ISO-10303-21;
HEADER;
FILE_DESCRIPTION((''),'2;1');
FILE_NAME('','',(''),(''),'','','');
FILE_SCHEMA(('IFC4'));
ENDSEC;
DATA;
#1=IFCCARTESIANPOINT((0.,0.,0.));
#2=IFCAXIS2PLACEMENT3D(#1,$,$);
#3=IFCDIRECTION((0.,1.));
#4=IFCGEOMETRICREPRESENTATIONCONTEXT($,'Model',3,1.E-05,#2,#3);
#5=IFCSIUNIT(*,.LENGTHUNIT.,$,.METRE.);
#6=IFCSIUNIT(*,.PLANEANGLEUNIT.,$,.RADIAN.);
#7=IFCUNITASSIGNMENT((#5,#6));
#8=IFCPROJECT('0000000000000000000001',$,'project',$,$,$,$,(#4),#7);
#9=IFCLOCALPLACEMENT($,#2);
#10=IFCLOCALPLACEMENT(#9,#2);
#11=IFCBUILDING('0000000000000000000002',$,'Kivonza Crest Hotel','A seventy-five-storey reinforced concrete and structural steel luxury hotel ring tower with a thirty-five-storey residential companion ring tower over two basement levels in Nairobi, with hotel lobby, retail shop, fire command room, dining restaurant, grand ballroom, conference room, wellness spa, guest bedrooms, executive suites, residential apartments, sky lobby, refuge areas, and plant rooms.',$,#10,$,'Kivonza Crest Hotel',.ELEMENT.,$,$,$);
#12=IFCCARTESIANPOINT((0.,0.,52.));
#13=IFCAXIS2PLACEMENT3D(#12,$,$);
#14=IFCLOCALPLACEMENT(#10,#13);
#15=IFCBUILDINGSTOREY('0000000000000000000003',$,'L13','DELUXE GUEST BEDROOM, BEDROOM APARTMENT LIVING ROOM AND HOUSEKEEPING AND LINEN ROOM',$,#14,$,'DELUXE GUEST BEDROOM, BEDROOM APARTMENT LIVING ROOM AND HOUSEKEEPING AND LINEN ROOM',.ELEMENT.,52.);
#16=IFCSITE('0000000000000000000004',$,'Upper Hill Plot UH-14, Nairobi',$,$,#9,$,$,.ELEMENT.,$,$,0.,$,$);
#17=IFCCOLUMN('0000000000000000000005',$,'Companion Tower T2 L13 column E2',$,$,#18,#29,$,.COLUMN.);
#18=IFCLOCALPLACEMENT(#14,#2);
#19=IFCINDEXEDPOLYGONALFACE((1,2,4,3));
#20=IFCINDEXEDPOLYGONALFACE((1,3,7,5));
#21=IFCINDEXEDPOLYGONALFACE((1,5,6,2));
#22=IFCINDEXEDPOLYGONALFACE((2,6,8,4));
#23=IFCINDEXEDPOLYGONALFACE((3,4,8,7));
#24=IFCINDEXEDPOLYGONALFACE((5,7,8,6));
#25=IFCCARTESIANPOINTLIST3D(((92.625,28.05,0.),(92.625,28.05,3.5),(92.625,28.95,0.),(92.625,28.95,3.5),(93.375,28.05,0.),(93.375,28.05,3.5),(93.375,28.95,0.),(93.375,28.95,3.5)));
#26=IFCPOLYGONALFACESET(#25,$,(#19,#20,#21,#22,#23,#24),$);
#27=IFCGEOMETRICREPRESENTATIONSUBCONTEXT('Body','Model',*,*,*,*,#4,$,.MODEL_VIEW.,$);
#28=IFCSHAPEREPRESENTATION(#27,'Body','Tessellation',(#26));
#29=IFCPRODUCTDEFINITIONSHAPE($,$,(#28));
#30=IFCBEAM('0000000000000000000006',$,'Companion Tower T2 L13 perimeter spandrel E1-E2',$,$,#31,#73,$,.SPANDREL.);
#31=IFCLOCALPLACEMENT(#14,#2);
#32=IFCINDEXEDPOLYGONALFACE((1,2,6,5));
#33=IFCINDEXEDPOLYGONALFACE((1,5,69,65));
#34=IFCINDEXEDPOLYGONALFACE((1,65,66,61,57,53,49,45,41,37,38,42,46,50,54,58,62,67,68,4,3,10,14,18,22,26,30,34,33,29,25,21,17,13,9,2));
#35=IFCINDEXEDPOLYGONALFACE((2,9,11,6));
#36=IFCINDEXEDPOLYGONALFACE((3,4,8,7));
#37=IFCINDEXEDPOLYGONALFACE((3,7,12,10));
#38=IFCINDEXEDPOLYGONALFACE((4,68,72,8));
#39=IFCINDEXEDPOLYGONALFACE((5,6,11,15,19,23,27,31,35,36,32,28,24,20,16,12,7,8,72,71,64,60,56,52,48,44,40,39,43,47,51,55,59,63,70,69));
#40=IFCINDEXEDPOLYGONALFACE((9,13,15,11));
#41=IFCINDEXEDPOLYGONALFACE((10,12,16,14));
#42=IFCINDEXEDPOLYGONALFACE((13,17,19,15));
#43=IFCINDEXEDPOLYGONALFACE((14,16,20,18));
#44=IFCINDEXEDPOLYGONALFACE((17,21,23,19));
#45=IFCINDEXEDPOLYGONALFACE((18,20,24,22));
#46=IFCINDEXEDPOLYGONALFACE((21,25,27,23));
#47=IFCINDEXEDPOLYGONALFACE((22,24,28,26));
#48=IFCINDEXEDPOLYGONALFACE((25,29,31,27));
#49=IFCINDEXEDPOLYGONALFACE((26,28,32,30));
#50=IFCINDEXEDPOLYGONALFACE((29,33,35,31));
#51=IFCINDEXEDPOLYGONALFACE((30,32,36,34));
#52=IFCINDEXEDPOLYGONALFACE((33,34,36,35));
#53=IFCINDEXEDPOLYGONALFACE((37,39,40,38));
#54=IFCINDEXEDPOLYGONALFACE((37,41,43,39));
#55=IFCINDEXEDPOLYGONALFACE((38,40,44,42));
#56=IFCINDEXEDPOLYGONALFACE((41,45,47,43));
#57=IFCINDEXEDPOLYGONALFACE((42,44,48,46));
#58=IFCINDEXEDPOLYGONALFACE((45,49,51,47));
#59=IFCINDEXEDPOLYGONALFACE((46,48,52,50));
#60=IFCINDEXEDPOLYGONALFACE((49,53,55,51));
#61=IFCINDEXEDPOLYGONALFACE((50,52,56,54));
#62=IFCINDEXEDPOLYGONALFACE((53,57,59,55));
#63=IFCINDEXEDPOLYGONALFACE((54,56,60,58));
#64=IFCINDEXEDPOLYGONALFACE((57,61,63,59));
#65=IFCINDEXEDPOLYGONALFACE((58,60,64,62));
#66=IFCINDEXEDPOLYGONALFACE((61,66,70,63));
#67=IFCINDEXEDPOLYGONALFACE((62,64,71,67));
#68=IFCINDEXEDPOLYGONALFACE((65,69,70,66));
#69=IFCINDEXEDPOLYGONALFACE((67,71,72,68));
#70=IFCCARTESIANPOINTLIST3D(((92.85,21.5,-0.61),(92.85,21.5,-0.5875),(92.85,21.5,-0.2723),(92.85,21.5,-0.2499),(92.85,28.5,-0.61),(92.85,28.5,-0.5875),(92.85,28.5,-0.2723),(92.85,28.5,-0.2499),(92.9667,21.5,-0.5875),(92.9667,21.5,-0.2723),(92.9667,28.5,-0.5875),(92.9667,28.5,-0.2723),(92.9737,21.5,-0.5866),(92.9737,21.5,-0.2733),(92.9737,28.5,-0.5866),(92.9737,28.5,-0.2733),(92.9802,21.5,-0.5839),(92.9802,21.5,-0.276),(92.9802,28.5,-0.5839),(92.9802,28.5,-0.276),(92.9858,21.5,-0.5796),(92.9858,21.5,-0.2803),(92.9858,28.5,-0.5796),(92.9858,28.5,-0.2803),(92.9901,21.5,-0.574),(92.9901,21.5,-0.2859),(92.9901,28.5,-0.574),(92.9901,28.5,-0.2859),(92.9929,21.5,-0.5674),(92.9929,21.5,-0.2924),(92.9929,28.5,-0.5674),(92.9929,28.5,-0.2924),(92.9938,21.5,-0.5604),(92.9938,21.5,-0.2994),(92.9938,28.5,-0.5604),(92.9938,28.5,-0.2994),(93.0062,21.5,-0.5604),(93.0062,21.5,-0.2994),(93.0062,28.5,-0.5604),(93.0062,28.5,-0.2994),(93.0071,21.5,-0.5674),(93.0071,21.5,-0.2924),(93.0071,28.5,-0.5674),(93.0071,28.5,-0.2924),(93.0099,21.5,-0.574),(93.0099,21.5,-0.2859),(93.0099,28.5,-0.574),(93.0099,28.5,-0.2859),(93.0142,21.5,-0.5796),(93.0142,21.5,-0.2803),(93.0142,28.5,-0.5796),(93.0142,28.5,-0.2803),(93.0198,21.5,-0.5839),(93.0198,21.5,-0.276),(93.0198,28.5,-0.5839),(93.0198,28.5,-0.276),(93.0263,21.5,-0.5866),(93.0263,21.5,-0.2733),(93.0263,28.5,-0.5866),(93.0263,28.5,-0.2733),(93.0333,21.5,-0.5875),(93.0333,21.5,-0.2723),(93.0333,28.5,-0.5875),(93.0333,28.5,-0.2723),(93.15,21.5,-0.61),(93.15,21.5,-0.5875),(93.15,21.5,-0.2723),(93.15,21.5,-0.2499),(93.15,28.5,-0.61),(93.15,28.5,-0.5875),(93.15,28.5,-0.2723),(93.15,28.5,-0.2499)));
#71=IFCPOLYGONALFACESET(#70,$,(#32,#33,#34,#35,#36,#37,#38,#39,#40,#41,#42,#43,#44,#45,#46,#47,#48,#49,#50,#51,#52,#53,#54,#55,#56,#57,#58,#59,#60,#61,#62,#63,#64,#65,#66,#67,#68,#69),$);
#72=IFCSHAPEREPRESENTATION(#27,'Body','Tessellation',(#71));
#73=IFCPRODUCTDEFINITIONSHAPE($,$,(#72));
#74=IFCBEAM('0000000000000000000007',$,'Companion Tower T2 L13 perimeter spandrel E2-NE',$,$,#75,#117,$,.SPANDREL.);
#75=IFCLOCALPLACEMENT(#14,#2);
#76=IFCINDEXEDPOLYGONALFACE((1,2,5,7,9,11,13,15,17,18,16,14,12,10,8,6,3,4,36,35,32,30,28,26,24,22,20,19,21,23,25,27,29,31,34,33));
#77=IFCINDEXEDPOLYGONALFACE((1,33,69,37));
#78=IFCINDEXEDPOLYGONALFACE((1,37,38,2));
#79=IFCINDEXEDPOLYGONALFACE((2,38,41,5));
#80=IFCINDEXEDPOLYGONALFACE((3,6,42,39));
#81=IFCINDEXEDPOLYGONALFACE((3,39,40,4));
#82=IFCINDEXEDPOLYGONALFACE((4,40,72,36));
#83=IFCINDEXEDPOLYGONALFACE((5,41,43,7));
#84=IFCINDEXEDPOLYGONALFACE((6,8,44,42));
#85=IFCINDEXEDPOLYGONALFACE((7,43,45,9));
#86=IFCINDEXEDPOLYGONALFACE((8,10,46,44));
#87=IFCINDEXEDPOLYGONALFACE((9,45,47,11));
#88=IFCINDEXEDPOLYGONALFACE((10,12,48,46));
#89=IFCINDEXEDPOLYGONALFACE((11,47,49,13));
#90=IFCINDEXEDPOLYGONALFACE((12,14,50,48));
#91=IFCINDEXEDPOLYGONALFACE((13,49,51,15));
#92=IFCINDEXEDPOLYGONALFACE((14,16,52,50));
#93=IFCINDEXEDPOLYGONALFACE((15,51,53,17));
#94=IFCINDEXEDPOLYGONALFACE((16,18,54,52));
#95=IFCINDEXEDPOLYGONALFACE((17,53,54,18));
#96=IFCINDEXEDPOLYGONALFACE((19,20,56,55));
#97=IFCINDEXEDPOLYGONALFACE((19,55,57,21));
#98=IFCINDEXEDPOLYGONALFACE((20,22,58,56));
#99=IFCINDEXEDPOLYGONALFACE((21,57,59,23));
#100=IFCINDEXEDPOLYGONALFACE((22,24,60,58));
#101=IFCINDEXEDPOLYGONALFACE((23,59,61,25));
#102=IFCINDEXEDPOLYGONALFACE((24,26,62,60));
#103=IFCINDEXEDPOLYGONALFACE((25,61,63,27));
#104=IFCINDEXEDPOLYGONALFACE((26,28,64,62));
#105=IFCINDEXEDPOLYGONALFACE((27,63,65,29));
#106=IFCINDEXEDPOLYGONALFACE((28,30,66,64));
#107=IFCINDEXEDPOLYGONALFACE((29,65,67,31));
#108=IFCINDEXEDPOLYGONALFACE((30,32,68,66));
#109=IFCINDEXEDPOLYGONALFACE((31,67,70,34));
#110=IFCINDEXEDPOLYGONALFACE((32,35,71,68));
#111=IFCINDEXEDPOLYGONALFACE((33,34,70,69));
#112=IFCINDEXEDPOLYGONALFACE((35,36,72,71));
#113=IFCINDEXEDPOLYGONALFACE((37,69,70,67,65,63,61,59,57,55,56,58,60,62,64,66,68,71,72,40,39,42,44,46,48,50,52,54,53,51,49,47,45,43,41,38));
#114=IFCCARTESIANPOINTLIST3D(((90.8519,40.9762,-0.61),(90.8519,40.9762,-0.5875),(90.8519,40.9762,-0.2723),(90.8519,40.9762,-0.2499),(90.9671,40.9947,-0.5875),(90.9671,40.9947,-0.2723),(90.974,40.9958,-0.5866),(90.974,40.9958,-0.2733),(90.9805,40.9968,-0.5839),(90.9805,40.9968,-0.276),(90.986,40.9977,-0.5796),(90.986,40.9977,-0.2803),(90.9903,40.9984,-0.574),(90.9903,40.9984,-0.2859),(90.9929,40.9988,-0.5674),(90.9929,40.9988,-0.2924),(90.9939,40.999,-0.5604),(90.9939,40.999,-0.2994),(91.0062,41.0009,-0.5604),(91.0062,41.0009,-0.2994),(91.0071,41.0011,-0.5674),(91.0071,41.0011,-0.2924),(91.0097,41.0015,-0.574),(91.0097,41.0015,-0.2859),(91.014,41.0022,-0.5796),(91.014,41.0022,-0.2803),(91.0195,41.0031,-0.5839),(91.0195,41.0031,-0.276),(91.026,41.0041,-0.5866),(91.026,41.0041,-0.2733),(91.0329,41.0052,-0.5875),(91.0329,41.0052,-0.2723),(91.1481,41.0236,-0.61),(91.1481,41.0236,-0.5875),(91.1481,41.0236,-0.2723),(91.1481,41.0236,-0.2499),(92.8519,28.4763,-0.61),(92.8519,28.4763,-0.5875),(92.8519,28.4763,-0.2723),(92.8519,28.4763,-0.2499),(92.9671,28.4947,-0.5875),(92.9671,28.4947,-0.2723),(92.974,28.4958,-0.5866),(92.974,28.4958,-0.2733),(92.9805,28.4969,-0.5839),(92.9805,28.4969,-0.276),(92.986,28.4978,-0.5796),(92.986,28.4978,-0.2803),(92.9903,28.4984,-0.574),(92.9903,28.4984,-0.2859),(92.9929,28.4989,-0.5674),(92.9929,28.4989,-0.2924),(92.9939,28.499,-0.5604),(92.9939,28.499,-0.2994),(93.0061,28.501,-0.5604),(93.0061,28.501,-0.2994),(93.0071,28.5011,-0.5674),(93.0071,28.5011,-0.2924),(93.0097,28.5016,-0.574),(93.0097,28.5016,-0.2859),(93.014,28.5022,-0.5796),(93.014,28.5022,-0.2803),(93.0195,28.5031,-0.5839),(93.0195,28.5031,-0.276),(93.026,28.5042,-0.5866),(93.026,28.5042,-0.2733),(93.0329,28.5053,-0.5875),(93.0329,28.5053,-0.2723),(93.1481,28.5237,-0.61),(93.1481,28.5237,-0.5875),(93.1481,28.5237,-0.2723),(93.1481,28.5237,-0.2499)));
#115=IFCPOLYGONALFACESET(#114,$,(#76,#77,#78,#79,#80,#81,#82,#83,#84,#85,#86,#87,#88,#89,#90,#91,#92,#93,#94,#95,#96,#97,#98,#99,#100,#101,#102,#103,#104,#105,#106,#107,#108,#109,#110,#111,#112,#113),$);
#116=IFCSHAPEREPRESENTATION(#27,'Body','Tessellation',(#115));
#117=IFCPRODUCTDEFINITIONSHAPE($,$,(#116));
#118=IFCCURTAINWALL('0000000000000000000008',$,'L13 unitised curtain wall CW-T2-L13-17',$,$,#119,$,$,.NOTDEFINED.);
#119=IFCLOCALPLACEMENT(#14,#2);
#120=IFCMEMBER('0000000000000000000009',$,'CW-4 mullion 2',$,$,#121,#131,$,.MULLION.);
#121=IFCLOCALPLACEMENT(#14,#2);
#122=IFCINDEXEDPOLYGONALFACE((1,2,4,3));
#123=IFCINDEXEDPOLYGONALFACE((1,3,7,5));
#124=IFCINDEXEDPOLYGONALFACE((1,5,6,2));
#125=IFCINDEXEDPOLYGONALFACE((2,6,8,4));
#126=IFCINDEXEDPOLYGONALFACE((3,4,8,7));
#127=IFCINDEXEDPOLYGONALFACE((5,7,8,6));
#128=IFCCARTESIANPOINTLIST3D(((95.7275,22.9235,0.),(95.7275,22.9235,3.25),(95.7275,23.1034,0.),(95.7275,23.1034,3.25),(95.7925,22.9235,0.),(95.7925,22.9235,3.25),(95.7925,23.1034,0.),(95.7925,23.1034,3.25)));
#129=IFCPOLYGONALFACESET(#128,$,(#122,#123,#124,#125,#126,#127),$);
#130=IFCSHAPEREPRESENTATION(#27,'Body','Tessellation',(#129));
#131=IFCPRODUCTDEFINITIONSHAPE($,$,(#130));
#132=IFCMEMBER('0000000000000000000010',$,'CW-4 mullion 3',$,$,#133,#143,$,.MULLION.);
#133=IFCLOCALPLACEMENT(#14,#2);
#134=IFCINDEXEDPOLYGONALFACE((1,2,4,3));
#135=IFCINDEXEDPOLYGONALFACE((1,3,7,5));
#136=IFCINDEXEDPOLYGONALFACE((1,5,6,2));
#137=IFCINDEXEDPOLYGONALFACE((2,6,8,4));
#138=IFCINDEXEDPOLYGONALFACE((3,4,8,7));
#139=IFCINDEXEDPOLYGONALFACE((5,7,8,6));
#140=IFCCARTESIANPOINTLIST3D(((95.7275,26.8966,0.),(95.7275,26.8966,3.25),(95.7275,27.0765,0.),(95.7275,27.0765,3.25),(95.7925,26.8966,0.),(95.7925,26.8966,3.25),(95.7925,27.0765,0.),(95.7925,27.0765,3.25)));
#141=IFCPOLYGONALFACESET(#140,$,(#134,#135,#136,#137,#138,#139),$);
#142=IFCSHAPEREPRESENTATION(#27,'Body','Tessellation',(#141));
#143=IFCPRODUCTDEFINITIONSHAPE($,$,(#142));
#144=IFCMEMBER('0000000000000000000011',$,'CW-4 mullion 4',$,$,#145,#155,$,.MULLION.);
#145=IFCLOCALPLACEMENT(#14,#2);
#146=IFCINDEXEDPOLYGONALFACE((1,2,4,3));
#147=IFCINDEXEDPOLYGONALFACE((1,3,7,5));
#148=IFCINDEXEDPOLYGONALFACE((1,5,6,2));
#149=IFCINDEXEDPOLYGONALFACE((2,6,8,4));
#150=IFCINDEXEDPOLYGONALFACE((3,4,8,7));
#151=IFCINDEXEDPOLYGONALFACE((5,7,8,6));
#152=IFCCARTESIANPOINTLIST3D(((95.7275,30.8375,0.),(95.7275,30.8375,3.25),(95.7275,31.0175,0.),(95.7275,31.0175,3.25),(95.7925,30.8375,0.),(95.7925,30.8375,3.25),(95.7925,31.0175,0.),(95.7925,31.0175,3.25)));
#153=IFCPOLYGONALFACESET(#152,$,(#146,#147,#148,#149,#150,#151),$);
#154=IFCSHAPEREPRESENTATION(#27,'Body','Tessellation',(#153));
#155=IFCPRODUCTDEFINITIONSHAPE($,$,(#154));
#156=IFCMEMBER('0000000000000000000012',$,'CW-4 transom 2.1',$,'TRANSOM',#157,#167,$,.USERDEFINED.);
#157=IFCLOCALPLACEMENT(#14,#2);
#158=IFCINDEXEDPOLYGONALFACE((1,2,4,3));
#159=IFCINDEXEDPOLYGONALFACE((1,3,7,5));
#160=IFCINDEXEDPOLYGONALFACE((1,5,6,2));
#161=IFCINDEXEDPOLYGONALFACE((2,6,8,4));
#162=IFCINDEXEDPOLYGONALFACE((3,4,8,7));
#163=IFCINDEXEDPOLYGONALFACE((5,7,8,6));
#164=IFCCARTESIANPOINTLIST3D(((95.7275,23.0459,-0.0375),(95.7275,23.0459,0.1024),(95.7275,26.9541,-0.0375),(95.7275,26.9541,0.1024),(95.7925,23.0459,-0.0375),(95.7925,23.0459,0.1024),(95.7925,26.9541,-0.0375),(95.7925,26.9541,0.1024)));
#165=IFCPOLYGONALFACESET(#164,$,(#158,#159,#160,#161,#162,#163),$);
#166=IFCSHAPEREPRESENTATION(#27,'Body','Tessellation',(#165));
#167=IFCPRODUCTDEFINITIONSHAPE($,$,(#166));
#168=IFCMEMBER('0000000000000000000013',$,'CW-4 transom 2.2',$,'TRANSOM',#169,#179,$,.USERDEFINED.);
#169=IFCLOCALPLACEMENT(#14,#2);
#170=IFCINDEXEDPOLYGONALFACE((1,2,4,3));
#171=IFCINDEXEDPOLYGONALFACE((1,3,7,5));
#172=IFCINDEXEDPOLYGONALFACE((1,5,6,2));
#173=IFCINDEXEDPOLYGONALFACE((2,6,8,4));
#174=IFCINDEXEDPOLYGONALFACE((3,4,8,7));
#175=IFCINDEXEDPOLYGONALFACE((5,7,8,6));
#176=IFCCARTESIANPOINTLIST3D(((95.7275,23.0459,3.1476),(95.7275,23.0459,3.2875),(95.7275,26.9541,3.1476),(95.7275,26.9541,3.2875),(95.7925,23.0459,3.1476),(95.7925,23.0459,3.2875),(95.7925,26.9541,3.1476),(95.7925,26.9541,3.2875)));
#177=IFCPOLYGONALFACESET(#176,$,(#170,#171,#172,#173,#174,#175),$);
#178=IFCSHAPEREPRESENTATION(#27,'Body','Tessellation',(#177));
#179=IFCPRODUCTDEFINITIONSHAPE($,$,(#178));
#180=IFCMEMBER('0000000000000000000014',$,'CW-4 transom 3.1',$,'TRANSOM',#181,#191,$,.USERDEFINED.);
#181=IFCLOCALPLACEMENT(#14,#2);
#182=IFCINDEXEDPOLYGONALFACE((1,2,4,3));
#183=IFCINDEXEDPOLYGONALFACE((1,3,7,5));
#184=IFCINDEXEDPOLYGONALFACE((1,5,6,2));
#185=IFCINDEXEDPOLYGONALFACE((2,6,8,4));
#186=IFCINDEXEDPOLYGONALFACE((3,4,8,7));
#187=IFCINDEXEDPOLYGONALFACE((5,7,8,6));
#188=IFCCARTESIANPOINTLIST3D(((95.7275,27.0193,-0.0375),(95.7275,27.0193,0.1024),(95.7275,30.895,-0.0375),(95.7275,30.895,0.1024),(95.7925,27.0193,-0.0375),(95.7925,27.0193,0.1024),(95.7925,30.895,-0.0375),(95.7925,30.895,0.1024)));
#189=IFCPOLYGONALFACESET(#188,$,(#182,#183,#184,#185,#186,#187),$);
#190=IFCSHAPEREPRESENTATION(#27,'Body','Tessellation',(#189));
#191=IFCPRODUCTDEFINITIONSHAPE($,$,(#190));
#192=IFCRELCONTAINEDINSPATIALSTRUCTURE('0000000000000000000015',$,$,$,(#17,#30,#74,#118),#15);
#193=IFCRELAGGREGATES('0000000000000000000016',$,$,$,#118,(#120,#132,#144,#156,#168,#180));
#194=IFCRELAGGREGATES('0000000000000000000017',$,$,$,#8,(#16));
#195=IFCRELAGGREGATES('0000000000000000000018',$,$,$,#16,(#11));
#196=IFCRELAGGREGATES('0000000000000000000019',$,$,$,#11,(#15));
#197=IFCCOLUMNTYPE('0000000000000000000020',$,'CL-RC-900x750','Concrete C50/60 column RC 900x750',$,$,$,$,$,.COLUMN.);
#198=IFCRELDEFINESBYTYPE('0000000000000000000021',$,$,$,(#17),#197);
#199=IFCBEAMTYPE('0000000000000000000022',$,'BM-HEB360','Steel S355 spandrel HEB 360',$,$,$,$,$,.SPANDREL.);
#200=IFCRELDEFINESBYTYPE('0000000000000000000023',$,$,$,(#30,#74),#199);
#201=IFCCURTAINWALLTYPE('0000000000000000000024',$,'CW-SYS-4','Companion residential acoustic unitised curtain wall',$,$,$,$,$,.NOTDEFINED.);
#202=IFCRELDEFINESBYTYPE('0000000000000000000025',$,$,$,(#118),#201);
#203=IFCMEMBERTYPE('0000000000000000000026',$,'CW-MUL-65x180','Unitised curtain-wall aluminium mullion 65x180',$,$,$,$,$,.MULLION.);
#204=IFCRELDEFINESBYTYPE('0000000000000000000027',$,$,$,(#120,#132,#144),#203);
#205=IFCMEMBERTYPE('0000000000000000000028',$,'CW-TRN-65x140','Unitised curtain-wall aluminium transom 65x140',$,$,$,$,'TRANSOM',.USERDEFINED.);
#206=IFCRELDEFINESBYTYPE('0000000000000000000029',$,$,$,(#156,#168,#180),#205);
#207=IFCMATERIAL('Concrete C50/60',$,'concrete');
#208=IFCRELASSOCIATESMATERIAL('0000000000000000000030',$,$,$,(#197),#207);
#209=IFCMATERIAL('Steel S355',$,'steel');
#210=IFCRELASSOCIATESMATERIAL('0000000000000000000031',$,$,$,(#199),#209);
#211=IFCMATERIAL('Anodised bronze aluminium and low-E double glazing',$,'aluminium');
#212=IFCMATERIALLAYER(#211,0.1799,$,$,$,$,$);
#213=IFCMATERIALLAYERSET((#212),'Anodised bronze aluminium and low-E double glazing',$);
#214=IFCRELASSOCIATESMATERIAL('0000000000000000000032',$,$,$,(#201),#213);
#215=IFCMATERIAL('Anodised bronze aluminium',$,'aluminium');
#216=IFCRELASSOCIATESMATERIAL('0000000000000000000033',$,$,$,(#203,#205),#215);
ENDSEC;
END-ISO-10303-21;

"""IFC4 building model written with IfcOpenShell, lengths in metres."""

from ifc_helpers import new_model, si_unit, direction, frame, origin, origin_2d, place, context, subcontext, project, spatial, rectangle, i_section, extrude, material, layer, layer_set, material_profile, profile_set, type_object, element, aggregate, save


model = new_model("IFC4")

# Units and contexts
model_context = context("Model", 3, precision=1e-05, world=origin(), true_north=direction((0.0, 1.0)))
body_context = subcontext(model_context, "Body", "Model", "MODEL_VIEW")
ifc_project = project(units=[si_unit("LENGTHUNIT", "METRE"), si_unit("PLANEANGLEUNIT", "RADIAN")], contexts=[model_context])

# Site, building, storey
site_placement = place(None, origin())
site = spatial("IfcSite", under=ifc_project, at=site_placement, Name="Upper Hill Plot UH-14, Nairobi", CompositionType="ELEMENT", RefElevation=0.0)
building_placement = place(site_placement, origin())
building = spatial("IfcBuilding", under=site, at=building_placement, Name="Kivonza Crest Hotel", Description="A seventy-five-storey reinforced concrete and structural steel luxury hotel ring tower with a thirty-five-storey residential companion ring tower over two basement levels in Nairobi, with hotel lobby, retail shop, fire command room, dining restaurant, grand ballroom, conference room, wellness spa, guest bedrooms, executive suites, residential apartments, sky lobby, refuge areas, and plant rooms.", LongName="Kivonza Crest Hotel", CompositionType="ELEMENT")
storey_placement = place(building_placement, frame((0.0, 0.0, 52.0)))
storey = spatial("IfcBuildingStorey", under=building, at=storey_placement, Name="L13", Description="DELUXE GUEST BEDROOM, BEDROOM APARTMENT LIVING ROOM AND HOUSEKEEPING AND LINEN ROOM", LongName="DELUXE GUEST BEDROOM, BEDROOM APARTMENT LIVING ROOM AND HOUSEKEEPING AND LINEN ROOM", CompositionType="ELEMENT", Elevation=52.0)

# Column
ifc_material_1 = material(Name="Concrete C50/60", Category="concrete")
ifc_material_profile_1 = material_profile(ifc_material_1, rectangle(XDim=0.75, YDim=0.8999, at=origin_2d()), Name="RC 900x750")
ifc_profile_set_1 = profile_set([ifc_material_profile_1], Name="Concrete C50/60")
column_type = type_object("IfcColumnType", Name="CL-RC-900x750", Description="Concrete C50/60 column RC 900x750", PredefinedType="COLUMN", material=ifc_profile_set_1)
column_placement = place(storey_placement, frame((93.0, 28.5, 0.0), z_axis=(0.0, 0.0, 1.0), x_axis=(1.0, 0.0, 0.0)))
element("IfcColumn", 1, at=column_placement, inside=storey, type_object=column_type, Name="Companion Tower T2 L13 column E2", PredefinedType="COLUMN", context=body_context, shape_type="SweptSolid", body=[
    extrude(rectangle(XDim=0.75, YDim=0.8999, at=origin_2d()), origin(), (0.0, 0.0, 1.0), 3.5),
])

# Beams
ifc_material_2 = material(Name="Steel S355", Category="steel")
ifc_material_profile_2 = material_profile(ifc_material_2, i_section(OverallWidth=0.3, OverallDepth=0.3601, WebThickness=0.0125, FlangeThickness=0.0225, FilletRadius=0.0271, at=origin_2d()), Name="HEB 360")
ifc_profile_set_2 = profile_set([ifc_material_profile_2], Name="Steel S355")
beam_type = type_object("IfcBeamType", Name="BM-HEB360", Description="Steel S355 spandrel HEB 360", PredefinedType="SPANDREL", material=ifc_profile_set_2)
beam_1_placement = place(storey_placement, frame((93.0, 21.5, -0.4299), z_axis=(0.0, 1.0, 0.0), x_axis=(-1.0, 0.0, 0.0)))
element("IfcBeam", 2, at=beam_1_placement, inside=storey, type_object=beam_type, Name="Companion Tower T2 L13 perimeter spandrel E1-E2", PredefinedType="SPANDREL", context=body_context, shape_type="SweptSolid", body=[
    extrude(i_section(OverallWidth=0.3, OverallDepth=0.3601, WebThickness=0.0125, FlangeThickness=0.0225, FilletRadius=0.0271, at=origin_2d()), origin(), (0.0, 0.0, 1.0), 7.0),
])
beam_2_placement = place(storey_placement, frame((93.0, 28.5, -0.4299), z_axis=(-0.157991, 0.987441, 0.0), x_axis=(-0.987441, -0.157991, 0.0)))
element("IfcBeam", 3, at=beam_2_placement, inside=storey, type_object=beam_type, Name="Companion Tower T2 L13 perimeter spandrel E2-NE", PredefinedType="SPANDREL", context=body_context, shape_type="SweptSolid", body=[
    extrude(i_section(OverallWidth=0.3, OverallDepth=0.3601, WebThickness=0.0125, FlangeThickness=0.0225, FilletRadius=0.0271, at=origin_2d()), origin(), (0.0, 0.0, 1.0), 12.6589),
])

# Curtain wall, members
ifc_material_3 = material(Name="Anodised bronze aluminium and low-E double glazing", Category="aluminium")
ifc_layer_1 = layer(ifc_material_3, 0.1799)
ifc_layer_set_1 = layer_set([ifc_layer_1], Name="Anodised bronze aluminium and low-E double glazing")
curtain_wall_type = type_object("IfcCurtainWallType", Name="CW-SYS-4", Description="Companion residential acoustic unitised curtain wall", PredefinedType="NOTDEFINED", material=ifc_layer_set_1)
curtain_wall_placement = place(storey_placement, origin())
curtain_wall = element("IfcCurtainWall", 4, at=curtain_wall_placement, inside=storey, type_object=curtain_wall_type, Name="L13 unitised curtain wall CW-T2-L13-17", PredefinedType="NOTDEFINED")
ifc_material_4 = material(Name="Anodised bronze aluminium", Category="aluminium")
ifc_material_profile_3 = material_profile(ifc_material_4, rectangle(XDim=0.0649, YDim=0.1799, at=origin_2d()), Name="CW-M 65x180")
ifc_profile_set_3 = profile_set([ifc_material_profile_3], Name="Anodised bronze aluminium")
member_type_1 = type_object("IfcMemberType", Name="CW-MUL-65x180", Description="Unitised curtain-wall aluminium mullion 65x180", PredefinedType="MULLION", material=ifc_profile_set_3)
member_1_placement = place(storey_placement, frame((95.76, 23.0134, 0.0), z_axis=(0.0, 0.0, 1.0), x_axis=(-1.0, 0.0, 0.0)))
member_1 = element("IfcMember", 5, at=member_1_placement, type_object=member_type_1, Name="CW-4 mullion 2", PredefinedType="MULLION", context=body_context, shape_type="SweptSolid", body=[
    extrude(rectangle(XDim=0.0649, YDim=0.1799, at=origin_2d()), origin(), (0.0, 0.0, 1.0), 3.25),
])
member_2_placement = place(storey_placement, frame((95.76, 26.9866, 0.0), z_axis=(0.0, 0.0, 1.0), x_axis=(-1.0, 0.0, 0.0)))
member_2 = element("IfcMember", 6, at=member_2_placement, type_object=member_type_1, Name="CW-4 mullion 3", PredefinedType="MULLION", context=body_context, shape_type="SweptSolid", body=[
    extrude(rectangle(XDim=0.0649, YDim=0.1799, at=origin_2d()), origin(), (0.0, 0.0, 1.0), 3.25),
])
member_3_placement = place(storey_placement, frame((95.76, 30.9275, 0.0), z_axis=(0.0, 0.0, 1.0), x_axis=(-1.0, 0.0, 0.0)))
member_3 = element("IfcMember", 7, at=member_3_placement, type_object=member_type_1, Name="CW-4 mullion 4", PredefinedType="MULLION", context=body_context, shape_type="SweptSolid", body=[
    extrude(rectangle(XDim=0.0649, YDim=0.1799, at=origin_2d()), origin(), (0.0, 0.0, 1.0), 3.25),
])
ifc_material_profile_4 = material_profile(ifc_material_4, rectangle(XDim=0.0649, YDim=0.1399, at=origin_2d()), Name="CW-T 65x140")
ifc_profile_set_4 = profile_set([ifc_material_profile_4], Name="Anodised bronze aluminium")
member_type_2 = type_object("IfcMemberType", Name="CW-TRN-65x140", Description="Unitised curtain-wall aluminium transom 65x140", ElementType="TRANSOM", PredefinedType="USERDEFINED", material=ifc_profile_set_4)
member_4_placement = place(storey_placement, frame((95.76, 23.0459, 0.0325), z_axis=(0.0, 1.0, 0.0), x_axis=(-1.0, 0.0, 0.0)))
member_4 = element("IfcMember", 8, at=member_4_placement, type_object=member_type_2, Name="CW-4 transom 2.1", ObjectType="TRANSOM", PredefinedType="USERDEFINED", context=body_context, shape_type="SweptSolid", body=[
    extrude(rectangle(XDim=0.0649, YDim=0.1399, at=origin_2d()), origin(), (0.0, 0.0, 1.0), 3.9082),
])
member_5_placement = place(storey_placement, frame((95.76, 23.0459, 3.2175), z_axis=(0.0, 1.0, 0.0), x_axis=(-1.0, 0.0, 0.0)))
member_5 = element("IfcMember", 9, at=member_5_placement, type_object=member_type_2, Name="CW-4 transom 2.2", ObjectType="TRANSOM", PredefinedType="USERDEFINED", context=body_context, shape_type="SweptSolid", body=[
    extrude(rectangle(XDim=0.0649, YDim=0.1399, at=origin_2d()), origin(), (0.0, 0.0, 1.0), 3.9082),
])
member_6_placement = place(storey_placement, frame((95.76, 27.0193, 0.0325), z_axis=(0.0, 1.0, 0.0), x_axis=(-1.0, 0.0, 0.0)))
member_6 = element("IfcMember", 10, at=member_6_placement, type_object=member_type_2, Name="CW-4 transom 3.1", ObjectType="TRANSOM", PredefinedType="USERDEFINED", context=body_context, shape_type="SweptSolid", body=[
    extrude(rectangle(XDim=0.0649, YDim=0.1399, at=origin_2d()), origin(), (0.0, 0.0, 1.0), 3.8757),
])
aggregate(curtain_wall, [member_1, member_2, member_3, member_4, member_5, member_6])

save(model, "model.ifc")
